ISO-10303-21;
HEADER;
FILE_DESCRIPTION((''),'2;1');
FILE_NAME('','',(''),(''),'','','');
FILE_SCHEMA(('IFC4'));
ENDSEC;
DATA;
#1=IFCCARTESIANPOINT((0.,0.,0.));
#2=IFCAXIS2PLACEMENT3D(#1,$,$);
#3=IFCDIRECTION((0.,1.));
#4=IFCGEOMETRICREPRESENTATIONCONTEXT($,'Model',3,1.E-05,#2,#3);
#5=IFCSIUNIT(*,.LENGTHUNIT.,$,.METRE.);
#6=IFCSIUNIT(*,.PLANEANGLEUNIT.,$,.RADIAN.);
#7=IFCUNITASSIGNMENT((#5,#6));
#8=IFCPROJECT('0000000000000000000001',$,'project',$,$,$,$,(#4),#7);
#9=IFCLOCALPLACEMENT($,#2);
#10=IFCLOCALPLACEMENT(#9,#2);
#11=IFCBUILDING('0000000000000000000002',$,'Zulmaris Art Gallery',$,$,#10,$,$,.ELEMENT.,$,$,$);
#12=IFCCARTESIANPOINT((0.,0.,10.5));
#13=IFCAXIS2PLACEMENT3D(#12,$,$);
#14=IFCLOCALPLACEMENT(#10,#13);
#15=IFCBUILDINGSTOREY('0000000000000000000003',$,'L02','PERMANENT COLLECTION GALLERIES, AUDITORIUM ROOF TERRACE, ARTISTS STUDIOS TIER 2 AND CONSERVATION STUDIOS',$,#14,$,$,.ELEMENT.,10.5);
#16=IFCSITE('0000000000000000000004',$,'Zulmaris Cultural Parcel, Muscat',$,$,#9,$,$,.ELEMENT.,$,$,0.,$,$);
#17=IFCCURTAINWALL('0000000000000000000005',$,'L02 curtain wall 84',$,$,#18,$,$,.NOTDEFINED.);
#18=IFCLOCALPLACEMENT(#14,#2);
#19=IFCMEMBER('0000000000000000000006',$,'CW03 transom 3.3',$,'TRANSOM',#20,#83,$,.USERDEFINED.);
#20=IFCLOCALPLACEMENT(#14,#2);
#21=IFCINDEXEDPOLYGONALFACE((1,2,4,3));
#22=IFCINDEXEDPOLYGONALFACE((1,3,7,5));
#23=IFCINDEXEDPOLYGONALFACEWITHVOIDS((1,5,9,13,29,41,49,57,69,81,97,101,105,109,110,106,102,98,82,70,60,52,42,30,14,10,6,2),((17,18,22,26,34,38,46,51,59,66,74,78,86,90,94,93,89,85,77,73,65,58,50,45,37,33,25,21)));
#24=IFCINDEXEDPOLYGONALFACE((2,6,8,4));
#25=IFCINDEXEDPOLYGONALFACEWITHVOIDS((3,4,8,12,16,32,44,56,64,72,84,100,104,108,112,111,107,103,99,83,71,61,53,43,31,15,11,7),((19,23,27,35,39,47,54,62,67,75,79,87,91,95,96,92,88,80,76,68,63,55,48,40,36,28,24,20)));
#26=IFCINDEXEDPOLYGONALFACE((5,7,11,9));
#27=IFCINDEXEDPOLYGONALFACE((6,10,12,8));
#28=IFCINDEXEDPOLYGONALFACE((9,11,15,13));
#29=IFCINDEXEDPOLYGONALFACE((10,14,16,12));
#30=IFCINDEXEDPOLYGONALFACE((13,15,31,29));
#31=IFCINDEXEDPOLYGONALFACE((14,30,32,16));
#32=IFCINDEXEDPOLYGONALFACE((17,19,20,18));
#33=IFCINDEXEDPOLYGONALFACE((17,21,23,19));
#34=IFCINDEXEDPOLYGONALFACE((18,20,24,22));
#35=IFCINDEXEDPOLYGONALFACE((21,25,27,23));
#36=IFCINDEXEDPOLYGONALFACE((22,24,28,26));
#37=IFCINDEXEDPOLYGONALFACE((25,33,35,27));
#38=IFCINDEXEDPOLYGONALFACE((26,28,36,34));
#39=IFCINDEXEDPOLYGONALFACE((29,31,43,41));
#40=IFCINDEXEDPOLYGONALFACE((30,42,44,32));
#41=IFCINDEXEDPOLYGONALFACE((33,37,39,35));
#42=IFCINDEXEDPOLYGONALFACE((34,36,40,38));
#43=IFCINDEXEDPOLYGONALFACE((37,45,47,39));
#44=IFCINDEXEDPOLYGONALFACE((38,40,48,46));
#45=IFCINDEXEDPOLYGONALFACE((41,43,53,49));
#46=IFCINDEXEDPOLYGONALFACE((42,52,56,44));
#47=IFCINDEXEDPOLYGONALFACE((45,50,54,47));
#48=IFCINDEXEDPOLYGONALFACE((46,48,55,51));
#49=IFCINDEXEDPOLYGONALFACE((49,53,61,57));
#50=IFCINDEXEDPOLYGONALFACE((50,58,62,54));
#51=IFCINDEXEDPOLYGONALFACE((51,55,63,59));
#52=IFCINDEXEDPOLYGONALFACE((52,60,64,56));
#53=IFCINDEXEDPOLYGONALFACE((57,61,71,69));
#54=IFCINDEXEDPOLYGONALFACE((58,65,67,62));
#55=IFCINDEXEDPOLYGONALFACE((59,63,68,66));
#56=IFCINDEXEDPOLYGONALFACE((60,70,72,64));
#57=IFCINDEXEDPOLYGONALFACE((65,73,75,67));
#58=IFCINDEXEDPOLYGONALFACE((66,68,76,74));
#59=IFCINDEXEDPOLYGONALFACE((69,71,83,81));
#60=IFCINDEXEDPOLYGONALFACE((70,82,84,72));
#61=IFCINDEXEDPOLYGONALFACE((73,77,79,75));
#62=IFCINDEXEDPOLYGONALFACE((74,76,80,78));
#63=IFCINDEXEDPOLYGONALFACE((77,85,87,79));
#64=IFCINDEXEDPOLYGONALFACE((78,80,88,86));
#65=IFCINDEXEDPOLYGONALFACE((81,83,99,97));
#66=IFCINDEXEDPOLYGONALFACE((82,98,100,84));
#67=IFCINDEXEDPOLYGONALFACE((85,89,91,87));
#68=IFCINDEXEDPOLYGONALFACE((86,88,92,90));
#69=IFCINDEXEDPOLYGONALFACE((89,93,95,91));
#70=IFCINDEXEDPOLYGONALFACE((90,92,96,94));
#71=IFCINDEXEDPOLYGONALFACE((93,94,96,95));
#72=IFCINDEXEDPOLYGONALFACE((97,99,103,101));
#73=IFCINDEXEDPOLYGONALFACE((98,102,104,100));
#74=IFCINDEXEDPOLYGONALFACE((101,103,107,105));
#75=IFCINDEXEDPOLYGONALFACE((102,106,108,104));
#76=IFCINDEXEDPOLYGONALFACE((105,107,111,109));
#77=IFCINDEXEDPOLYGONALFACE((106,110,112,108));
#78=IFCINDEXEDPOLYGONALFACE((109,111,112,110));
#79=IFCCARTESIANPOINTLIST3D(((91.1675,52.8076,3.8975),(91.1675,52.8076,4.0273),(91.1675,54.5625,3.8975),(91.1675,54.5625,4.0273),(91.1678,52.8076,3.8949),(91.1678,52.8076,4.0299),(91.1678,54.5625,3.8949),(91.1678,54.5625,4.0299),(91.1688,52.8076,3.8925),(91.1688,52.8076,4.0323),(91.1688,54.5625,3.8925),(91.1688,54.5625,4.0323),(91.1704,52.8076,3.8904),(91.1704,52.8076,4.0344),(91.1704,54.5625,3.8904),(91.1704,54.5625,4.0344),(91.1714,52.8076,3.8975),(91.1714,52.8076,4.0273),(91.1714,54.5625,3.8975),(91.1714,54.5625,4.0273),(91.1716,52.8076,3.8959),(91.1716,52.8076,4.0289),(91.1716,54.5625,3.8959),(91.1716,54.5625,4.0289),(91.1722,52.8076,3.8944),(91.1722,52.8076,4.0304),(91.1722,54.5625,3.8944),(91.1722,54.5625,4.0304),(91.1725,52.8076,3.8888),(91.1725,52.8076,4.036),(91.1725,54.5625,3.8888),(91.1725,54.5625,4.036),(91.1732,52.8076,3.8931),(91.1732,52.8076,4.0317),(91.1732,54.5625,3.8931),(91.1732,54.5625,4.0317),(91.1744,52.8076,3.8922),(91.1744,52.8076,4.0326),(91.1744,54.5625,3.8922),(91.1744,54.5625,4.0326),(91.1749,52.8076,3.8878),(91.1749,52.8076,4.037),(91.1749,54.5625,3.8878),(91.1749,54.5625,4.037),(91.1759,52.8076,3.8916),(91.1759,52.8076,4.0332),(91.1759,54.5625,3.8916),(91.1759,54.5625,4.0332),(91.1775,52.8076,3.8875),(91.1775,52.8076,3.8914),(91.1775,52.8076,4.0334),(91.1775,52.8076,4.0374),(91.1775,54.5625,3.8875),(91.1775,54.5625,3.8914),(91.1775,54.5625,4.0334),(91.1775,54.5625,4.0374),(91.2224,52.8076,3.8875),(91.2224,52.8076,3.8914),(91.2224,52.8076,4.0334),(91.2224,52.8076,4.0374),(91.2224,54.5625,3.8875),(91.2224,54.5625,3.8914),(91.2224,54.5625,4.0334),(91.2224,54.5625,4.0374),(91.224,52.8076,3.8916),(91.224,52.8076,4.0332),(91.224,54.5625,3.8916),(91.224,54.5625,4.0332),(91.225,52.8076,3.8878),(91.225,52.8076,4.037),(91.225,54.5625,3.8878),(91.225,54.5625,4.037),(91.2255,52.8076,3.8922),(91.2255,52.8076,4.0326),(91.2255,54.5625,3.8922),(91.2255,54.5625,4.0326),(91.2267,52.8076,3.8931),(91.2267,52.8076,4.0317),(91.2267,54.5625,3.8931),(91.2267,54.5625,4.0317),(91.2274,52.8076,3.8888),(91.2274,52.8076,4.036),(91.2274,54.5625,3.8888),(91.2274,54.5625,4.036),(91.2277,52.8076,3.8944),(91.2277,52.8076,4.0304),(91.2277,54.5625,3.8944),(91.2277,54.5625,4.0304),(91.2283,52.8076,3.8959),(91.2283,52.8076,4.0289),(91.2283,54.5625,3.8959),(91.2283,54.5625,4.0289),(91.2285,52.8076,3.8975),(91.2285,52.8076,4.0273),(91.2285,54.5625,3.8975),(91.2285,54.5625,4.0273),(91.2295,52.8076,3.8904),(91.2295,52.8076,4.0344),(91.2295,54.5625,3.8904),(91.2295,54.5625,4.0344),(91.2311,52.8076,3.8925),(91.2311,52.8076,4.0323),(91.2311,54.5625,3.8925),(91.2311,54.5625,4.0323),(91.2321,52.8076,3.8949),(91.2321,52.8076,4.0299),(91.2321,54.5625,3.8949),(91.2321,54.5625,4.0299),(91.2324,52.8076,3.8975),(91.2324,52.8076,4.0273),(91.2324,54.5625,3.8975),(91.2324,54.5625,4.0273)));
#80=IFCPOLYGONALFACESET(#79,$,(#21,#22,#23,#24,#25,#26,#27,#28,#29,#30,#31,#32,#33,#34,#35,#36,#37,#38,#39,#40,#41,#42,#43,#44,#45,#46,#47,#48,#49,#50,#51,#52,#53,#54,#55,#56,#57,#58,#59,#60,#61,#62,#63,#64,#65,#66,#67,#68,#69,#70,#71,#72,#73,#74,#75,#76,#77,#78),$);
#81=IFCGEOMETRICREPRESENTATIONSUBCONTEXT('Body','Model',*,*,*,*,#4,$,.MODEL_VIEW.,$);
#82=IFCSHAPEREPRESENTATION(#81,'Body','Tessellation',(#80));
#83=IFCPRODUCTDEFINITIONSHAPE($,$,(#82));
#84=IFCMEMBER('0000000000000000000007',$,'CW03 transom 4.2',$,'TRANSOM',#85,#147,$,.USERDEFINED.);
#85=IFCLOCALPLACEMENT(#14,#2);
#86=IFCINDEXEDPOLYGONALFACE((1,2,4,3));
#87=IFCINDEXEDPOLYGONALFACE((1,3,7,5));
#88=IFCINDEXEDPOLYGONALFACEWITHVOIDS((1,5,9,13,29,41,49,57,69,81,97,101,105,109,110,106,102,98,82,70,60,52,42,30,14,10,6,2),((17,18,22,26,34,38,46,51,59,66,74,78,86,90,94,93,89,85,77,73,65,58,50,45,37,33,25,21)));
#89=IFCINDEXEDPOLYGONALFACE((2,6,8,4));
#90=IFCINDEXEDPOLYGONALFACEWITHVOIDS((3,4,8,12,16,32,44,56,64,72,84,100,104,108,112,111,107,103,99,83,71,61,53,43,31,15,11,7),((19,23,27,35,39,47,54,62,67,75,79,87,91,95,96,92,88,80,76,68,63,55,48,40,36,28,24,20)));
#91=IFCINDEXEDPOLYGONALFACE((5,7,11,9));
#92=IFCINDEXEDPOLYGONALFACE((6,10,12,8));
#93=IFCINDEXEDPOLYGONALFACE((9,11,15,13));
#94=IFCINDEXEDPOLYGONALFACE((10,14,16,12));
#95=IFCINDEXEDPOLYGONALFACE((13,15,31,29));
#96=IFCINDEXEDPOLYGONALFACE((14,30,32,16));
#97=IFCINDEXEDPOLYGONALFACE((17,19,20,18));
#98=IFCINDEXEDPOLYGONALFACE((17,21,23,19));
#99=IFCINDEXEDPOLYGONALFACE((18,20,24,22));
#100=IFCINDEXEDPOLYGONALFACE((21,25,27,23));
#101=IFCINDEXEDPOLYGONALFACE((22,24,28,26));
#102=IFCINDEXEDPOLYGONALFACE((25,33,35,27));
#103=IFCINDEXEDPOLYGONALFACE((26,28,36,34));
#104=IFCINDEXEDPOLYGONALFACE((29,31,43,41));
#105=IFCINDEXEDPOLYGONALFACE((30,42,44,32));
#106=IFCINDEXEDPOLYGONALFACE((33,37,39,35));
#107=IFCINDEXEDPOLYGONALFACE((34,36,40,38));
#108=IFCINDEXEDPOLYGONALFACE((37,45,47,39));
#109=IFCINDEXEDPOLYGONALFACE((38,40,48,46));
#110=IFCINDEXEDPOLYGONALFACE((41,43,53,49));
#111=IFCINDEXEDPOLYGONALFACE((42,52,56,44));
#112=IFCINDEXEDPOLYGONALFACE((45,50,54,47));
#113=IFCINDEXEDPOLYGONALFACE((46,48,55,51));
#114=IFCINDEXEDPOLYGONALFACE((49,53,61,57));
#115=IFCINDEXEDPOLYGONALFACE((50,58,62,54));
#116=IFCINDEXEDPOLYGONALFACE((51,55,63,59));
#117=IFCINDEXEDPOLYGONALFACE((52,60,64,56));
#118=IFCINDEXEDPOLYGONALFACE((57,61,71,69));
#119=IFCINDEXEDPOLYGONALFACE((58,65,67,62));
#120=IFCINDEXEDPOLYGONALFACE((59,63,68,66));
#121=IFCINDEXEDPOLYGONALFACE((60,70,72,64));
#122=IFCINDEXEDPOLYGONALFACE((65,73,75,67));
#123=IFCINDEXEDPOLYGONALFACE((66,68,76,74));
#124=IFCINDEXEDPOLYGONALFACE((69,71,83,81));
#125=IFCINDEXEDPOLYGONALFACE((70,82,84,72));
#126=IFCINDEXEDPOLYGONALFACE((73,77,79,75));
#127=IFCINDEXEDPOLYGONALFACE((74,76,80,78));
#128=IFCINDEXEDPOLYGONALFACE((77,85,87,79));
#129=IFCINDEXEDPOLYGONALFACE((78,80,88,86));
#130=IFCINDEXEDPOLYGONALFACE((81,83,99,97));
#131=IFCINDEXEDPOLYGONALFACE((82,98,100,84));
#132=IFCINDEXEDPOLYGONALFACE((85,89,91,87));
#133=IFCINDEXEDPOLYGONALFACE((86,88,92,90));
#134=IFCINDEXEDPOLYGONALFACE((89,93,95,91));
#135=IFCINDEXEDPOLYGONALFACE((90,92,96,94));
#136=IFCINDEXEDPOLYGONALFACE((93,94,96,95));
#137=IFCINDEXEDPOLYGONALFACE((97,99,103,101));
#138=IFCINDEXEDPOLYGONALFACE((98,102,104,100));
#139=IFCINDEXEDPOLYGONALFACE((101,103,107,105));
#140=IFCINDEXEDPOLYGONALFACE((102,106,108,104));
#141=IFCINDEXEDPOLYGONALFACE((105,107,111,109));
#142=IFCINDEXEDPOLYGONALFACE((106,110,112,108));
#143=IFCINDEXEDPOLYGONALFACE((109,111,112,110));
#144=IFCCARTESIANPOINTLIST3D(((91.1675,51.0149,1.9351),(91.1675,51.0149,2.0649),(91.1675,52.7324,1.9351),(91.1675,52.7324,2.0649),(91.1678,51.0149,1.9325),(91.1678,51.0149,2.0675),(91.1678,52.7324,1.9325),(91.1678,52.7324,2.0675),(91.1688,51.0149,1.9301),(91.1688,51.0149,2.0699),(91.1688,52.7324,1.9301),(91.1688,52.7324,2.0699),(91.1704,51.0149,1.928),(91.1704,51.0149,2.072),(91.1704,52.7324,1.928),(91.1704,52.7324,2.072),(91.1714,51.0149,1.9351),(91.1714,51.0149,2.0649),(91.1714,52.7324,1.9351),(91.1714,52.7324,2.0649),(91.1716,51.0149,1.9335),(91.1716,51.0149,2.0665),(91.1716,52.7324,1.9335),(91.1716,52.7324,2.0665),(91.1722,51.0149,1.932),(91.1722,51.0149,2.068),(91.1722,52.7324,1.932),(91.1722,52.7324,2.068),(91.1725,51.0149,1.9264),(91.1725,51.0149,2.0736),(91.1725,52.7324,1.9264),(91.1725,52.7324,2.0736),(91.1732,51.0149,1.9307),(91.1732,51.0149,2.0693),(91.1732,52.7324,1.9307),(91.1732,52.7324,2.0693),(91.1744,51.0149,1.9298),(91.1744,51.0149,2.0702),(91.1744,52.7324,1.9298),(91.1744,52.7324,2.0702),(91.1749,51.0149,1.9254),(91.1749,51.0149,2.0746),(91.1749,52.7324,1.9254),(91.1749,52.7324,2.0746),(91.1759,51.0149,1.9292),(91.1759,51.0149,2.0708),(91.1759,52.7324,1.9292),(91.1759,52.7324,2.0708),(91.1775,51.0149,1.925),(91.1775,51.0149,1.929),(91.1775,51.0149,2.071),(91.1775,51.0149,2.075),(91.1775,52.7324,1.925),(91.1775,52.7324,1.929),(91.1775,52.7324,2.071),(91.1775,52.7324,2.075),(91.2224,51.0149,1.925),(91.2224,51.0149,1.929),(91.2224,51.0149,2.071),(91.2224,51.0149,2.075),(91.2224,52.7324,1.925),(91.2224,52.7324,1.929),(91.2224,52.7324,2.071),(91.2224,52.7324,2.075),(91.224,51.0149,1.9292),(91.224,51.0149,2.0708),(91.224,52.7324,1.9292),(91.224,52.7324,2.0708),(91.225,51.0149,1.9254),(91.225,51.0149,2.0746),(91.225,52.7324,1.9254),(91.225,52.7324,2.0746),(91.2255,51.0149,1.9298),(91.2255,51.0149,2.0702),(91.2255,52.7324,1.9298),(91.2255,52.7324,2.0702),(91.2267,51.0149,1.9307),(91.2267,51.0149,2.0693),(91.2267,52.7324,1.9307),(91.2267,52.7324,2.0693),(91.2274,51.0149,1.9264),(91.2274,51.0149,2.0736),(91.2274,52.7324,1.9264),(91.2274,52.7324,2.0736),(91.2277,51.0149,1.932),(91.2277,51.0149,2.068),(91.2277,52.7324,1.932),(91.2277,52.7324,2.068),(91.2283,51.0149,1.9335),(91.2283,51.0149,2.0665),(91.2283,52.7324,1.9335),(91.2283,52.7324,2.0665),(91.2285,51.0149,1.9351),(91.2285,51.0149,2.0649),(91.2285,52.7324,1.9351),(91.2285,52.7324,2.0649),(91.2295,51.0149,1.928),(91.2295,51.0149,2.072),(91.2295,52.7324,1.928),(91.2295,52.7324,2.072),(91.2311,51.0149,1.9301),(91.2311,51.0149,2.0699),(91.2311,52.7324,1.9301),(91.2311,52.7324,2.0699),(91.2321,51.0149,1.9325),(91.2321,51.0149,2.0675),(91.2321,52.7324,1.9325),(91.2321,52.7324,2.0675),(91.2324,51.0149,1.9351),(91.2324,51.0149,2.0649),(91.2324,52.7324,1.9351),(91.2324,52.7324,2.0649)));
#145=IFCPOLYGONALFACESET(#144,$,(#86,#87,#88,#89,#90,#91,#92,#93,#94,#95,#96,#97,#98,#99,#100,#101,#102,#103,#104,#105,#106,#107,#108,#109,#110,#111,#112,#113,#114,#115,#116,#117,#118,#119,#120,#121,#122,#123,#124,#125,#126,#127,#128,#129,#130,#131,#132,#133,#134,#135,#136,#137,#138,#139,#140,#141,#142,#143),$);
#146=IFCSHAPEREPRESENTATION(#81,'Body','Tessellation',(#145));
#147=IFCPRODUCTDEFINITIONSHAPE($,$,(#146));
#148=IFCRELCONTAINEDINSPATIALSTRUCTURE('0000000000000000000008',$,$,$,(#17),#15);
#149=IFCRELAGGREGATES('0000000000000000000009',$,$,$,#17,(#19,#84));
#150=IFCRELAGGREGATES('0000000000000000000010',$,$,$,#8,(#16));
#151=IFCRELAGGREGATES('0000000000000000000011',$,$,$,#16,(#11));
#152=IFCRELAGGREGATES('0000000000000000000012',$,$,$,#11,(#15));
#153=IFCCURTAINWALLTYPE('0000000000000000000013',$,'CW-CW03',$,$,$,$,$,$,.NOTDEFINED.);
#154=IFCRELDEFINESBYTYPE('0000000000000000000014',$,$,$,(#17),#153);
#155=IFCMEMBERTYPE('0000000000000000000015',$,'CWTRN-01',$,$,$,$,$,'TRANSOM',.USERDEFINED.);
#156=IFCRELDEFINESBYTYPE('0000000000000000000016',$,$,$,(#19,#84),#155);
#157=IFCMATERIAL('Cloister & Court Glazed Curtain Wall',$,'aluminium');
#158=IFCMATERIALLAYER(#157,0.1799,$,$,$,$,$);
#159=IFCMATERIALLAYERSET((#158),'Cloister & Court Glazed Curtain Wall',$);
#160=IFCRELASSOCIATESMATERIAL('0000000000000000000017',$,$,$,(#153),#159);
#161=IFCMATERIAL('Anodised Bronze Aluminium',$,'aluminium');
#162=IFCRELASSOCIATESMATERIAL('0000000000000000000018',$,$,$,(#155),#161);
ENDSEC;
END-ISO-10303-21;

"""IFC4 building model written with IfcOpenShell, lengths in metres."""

from ifc_helpers import new_model, si_unit, direction, frame, origin, origin_2d, place, context, subcontext, project, spatial, hollow_rectangle, extrude, material, layer, layer_set, material_profile, profile_set, type_object, element, aggregate, save


model = new_model("IFC4")

# Units and contexts
model_context = context("Model", 3, precision=1e-05, world=origin(), true_north=direction((0.0, 1.0)))
body_context = subcontext(model_context, "Body", "Model", "MODEL_VIEW")
ifc_project = project(units=[si_unit("LENGTHUNIT", "METRE"), si_unit("PLANEANGLEUNIT", "RADIAN")], contexts=[model_context])

# Site, building, storey
site_placement = place(None, origin())
site = spatial("IfcSite", under=ifc_project, at=site_placement, Name="Zulmaris Cultural Parcel, Muscat", CompositionType="ELEMENT", RefElevation=0.0)
building_placement = place(site_placement, origin())
building = spatial("IfcBuilding", under=site, at=building_placement, Name="Zulmaris Art Gallery", CompositionType="ELEMENT")
storey_placement = place(building_placement, frame((0.0, 0.0, 10.5)))
storey = spatial("IfcBuildingStorey", under=building, at=storey_placement, Name="L02", Description="PERMANENT COLLECTION GALLERIES, AUDITORIUM ROOF TERRACE, ARTISTS STUDIOS TIER 2 AND CONSERVATION STUDIOS", CompositionType="ELEMENT", Elevation=10.5)

# Curtain wall
ifc_material_1 = material(Name="Cloister & Court Glazed Curtain Wall", Category="aluminium")
ifc_layer_1 = layer(ifc_material_1, 0.1799)
ifc_layer_set_1 = layer_set([ifc_layer_1], Name="Cloister & Court Glazed Curtain Wall")
curtain_wall_type = type_object("IfcCurtainWallType", Name="CW-CW03", PredefinedType="NOTDEFINED", material=ifc_layer_set_1)
ifc_material_2 = material(Name="Anodised Bronze Aluminium", Category="aluminium")
curtain_wall_1_placement = place(storey_placement, origin())
curtain_wall_1 = element("IfcCurtainWall", 1, at=curtain_wall_1_placement, inside=storey, type_object=curtain_wall_type, Name="L02 curtain wall 84", PredefinedType="NOTDEFINED")

# Members
ifc_material_profile_1 = material_profile(ifc_material_2, hollow_rectangle(XDim=0.0649, YDim=0.1499, WallThickness=0.0039, InnerFilletRadius=0.0061, OuterFilletRadius=0.01, at=origin_2d()), Name="ALU 65x150x4")
ifc_profile_set_1 = profile_set([ifc_material_profile_1], Name="Anodised Bronze Aluminium")
member_type_1 = type_object("IfcMemberType", Name="CWTRN-01", ElementType="TRANSOM", PredefinedType="USERDEFINED", material=ifc_profile_set_1)
member_1_placement = place(storey_placement, frame((91.2, 54.5625, 3.9624), z_axis=(0.0, -1.0, 0.0), x_axis=(1.0, 0.0, 0.0)))
member_1 = element("IfcMember", 2, at=member_1_placement, type_object=member_type_1, Name="CW03 transom 3.3", ObjectType="TRANSOM", PredefinedType="USERDEFINED", context=body_context, shape_type="SweptSolid", body=[
    extrude(hollow_rectangle(XDim=0.0649, YDim=0.1499, WallThickness=0.0039, InnerFilletRadius=0.0061, OuterFilletRadius=0.01, at=origin_2d()), origin(), (0.0, 0.0, 1.0), 1.7549),
])
member_2_placement = place(storey_placement, frame((91.2, 52.7324, 2.0), z_axis=(0.0, -1.0, 0.0), x_axis=(1.0, 0.0, 0.0)))
member_2 = element("IfcMember", 3, at=member_2_placement, type_object=member_type_1, Name="CW03 transom 4.2", ObjectType="TRANSOM", PredefinedType="USERDEFINED", context=body_context, shape_type="SweptSolid", body=[
    extrude(hollow_rectangle(XDim=0.0649, YDim=0.1499, WallThickness=0.0039, InnerFilletRadius=0.0061, OuterFilletRadius=0.01, at=origin_2d()), origin(), (0.0, 0.0, 1.0), 1.7175),
])

aggregate(curtain_wall_1, [member_1, member_2])

save(model, "model.ifc")
